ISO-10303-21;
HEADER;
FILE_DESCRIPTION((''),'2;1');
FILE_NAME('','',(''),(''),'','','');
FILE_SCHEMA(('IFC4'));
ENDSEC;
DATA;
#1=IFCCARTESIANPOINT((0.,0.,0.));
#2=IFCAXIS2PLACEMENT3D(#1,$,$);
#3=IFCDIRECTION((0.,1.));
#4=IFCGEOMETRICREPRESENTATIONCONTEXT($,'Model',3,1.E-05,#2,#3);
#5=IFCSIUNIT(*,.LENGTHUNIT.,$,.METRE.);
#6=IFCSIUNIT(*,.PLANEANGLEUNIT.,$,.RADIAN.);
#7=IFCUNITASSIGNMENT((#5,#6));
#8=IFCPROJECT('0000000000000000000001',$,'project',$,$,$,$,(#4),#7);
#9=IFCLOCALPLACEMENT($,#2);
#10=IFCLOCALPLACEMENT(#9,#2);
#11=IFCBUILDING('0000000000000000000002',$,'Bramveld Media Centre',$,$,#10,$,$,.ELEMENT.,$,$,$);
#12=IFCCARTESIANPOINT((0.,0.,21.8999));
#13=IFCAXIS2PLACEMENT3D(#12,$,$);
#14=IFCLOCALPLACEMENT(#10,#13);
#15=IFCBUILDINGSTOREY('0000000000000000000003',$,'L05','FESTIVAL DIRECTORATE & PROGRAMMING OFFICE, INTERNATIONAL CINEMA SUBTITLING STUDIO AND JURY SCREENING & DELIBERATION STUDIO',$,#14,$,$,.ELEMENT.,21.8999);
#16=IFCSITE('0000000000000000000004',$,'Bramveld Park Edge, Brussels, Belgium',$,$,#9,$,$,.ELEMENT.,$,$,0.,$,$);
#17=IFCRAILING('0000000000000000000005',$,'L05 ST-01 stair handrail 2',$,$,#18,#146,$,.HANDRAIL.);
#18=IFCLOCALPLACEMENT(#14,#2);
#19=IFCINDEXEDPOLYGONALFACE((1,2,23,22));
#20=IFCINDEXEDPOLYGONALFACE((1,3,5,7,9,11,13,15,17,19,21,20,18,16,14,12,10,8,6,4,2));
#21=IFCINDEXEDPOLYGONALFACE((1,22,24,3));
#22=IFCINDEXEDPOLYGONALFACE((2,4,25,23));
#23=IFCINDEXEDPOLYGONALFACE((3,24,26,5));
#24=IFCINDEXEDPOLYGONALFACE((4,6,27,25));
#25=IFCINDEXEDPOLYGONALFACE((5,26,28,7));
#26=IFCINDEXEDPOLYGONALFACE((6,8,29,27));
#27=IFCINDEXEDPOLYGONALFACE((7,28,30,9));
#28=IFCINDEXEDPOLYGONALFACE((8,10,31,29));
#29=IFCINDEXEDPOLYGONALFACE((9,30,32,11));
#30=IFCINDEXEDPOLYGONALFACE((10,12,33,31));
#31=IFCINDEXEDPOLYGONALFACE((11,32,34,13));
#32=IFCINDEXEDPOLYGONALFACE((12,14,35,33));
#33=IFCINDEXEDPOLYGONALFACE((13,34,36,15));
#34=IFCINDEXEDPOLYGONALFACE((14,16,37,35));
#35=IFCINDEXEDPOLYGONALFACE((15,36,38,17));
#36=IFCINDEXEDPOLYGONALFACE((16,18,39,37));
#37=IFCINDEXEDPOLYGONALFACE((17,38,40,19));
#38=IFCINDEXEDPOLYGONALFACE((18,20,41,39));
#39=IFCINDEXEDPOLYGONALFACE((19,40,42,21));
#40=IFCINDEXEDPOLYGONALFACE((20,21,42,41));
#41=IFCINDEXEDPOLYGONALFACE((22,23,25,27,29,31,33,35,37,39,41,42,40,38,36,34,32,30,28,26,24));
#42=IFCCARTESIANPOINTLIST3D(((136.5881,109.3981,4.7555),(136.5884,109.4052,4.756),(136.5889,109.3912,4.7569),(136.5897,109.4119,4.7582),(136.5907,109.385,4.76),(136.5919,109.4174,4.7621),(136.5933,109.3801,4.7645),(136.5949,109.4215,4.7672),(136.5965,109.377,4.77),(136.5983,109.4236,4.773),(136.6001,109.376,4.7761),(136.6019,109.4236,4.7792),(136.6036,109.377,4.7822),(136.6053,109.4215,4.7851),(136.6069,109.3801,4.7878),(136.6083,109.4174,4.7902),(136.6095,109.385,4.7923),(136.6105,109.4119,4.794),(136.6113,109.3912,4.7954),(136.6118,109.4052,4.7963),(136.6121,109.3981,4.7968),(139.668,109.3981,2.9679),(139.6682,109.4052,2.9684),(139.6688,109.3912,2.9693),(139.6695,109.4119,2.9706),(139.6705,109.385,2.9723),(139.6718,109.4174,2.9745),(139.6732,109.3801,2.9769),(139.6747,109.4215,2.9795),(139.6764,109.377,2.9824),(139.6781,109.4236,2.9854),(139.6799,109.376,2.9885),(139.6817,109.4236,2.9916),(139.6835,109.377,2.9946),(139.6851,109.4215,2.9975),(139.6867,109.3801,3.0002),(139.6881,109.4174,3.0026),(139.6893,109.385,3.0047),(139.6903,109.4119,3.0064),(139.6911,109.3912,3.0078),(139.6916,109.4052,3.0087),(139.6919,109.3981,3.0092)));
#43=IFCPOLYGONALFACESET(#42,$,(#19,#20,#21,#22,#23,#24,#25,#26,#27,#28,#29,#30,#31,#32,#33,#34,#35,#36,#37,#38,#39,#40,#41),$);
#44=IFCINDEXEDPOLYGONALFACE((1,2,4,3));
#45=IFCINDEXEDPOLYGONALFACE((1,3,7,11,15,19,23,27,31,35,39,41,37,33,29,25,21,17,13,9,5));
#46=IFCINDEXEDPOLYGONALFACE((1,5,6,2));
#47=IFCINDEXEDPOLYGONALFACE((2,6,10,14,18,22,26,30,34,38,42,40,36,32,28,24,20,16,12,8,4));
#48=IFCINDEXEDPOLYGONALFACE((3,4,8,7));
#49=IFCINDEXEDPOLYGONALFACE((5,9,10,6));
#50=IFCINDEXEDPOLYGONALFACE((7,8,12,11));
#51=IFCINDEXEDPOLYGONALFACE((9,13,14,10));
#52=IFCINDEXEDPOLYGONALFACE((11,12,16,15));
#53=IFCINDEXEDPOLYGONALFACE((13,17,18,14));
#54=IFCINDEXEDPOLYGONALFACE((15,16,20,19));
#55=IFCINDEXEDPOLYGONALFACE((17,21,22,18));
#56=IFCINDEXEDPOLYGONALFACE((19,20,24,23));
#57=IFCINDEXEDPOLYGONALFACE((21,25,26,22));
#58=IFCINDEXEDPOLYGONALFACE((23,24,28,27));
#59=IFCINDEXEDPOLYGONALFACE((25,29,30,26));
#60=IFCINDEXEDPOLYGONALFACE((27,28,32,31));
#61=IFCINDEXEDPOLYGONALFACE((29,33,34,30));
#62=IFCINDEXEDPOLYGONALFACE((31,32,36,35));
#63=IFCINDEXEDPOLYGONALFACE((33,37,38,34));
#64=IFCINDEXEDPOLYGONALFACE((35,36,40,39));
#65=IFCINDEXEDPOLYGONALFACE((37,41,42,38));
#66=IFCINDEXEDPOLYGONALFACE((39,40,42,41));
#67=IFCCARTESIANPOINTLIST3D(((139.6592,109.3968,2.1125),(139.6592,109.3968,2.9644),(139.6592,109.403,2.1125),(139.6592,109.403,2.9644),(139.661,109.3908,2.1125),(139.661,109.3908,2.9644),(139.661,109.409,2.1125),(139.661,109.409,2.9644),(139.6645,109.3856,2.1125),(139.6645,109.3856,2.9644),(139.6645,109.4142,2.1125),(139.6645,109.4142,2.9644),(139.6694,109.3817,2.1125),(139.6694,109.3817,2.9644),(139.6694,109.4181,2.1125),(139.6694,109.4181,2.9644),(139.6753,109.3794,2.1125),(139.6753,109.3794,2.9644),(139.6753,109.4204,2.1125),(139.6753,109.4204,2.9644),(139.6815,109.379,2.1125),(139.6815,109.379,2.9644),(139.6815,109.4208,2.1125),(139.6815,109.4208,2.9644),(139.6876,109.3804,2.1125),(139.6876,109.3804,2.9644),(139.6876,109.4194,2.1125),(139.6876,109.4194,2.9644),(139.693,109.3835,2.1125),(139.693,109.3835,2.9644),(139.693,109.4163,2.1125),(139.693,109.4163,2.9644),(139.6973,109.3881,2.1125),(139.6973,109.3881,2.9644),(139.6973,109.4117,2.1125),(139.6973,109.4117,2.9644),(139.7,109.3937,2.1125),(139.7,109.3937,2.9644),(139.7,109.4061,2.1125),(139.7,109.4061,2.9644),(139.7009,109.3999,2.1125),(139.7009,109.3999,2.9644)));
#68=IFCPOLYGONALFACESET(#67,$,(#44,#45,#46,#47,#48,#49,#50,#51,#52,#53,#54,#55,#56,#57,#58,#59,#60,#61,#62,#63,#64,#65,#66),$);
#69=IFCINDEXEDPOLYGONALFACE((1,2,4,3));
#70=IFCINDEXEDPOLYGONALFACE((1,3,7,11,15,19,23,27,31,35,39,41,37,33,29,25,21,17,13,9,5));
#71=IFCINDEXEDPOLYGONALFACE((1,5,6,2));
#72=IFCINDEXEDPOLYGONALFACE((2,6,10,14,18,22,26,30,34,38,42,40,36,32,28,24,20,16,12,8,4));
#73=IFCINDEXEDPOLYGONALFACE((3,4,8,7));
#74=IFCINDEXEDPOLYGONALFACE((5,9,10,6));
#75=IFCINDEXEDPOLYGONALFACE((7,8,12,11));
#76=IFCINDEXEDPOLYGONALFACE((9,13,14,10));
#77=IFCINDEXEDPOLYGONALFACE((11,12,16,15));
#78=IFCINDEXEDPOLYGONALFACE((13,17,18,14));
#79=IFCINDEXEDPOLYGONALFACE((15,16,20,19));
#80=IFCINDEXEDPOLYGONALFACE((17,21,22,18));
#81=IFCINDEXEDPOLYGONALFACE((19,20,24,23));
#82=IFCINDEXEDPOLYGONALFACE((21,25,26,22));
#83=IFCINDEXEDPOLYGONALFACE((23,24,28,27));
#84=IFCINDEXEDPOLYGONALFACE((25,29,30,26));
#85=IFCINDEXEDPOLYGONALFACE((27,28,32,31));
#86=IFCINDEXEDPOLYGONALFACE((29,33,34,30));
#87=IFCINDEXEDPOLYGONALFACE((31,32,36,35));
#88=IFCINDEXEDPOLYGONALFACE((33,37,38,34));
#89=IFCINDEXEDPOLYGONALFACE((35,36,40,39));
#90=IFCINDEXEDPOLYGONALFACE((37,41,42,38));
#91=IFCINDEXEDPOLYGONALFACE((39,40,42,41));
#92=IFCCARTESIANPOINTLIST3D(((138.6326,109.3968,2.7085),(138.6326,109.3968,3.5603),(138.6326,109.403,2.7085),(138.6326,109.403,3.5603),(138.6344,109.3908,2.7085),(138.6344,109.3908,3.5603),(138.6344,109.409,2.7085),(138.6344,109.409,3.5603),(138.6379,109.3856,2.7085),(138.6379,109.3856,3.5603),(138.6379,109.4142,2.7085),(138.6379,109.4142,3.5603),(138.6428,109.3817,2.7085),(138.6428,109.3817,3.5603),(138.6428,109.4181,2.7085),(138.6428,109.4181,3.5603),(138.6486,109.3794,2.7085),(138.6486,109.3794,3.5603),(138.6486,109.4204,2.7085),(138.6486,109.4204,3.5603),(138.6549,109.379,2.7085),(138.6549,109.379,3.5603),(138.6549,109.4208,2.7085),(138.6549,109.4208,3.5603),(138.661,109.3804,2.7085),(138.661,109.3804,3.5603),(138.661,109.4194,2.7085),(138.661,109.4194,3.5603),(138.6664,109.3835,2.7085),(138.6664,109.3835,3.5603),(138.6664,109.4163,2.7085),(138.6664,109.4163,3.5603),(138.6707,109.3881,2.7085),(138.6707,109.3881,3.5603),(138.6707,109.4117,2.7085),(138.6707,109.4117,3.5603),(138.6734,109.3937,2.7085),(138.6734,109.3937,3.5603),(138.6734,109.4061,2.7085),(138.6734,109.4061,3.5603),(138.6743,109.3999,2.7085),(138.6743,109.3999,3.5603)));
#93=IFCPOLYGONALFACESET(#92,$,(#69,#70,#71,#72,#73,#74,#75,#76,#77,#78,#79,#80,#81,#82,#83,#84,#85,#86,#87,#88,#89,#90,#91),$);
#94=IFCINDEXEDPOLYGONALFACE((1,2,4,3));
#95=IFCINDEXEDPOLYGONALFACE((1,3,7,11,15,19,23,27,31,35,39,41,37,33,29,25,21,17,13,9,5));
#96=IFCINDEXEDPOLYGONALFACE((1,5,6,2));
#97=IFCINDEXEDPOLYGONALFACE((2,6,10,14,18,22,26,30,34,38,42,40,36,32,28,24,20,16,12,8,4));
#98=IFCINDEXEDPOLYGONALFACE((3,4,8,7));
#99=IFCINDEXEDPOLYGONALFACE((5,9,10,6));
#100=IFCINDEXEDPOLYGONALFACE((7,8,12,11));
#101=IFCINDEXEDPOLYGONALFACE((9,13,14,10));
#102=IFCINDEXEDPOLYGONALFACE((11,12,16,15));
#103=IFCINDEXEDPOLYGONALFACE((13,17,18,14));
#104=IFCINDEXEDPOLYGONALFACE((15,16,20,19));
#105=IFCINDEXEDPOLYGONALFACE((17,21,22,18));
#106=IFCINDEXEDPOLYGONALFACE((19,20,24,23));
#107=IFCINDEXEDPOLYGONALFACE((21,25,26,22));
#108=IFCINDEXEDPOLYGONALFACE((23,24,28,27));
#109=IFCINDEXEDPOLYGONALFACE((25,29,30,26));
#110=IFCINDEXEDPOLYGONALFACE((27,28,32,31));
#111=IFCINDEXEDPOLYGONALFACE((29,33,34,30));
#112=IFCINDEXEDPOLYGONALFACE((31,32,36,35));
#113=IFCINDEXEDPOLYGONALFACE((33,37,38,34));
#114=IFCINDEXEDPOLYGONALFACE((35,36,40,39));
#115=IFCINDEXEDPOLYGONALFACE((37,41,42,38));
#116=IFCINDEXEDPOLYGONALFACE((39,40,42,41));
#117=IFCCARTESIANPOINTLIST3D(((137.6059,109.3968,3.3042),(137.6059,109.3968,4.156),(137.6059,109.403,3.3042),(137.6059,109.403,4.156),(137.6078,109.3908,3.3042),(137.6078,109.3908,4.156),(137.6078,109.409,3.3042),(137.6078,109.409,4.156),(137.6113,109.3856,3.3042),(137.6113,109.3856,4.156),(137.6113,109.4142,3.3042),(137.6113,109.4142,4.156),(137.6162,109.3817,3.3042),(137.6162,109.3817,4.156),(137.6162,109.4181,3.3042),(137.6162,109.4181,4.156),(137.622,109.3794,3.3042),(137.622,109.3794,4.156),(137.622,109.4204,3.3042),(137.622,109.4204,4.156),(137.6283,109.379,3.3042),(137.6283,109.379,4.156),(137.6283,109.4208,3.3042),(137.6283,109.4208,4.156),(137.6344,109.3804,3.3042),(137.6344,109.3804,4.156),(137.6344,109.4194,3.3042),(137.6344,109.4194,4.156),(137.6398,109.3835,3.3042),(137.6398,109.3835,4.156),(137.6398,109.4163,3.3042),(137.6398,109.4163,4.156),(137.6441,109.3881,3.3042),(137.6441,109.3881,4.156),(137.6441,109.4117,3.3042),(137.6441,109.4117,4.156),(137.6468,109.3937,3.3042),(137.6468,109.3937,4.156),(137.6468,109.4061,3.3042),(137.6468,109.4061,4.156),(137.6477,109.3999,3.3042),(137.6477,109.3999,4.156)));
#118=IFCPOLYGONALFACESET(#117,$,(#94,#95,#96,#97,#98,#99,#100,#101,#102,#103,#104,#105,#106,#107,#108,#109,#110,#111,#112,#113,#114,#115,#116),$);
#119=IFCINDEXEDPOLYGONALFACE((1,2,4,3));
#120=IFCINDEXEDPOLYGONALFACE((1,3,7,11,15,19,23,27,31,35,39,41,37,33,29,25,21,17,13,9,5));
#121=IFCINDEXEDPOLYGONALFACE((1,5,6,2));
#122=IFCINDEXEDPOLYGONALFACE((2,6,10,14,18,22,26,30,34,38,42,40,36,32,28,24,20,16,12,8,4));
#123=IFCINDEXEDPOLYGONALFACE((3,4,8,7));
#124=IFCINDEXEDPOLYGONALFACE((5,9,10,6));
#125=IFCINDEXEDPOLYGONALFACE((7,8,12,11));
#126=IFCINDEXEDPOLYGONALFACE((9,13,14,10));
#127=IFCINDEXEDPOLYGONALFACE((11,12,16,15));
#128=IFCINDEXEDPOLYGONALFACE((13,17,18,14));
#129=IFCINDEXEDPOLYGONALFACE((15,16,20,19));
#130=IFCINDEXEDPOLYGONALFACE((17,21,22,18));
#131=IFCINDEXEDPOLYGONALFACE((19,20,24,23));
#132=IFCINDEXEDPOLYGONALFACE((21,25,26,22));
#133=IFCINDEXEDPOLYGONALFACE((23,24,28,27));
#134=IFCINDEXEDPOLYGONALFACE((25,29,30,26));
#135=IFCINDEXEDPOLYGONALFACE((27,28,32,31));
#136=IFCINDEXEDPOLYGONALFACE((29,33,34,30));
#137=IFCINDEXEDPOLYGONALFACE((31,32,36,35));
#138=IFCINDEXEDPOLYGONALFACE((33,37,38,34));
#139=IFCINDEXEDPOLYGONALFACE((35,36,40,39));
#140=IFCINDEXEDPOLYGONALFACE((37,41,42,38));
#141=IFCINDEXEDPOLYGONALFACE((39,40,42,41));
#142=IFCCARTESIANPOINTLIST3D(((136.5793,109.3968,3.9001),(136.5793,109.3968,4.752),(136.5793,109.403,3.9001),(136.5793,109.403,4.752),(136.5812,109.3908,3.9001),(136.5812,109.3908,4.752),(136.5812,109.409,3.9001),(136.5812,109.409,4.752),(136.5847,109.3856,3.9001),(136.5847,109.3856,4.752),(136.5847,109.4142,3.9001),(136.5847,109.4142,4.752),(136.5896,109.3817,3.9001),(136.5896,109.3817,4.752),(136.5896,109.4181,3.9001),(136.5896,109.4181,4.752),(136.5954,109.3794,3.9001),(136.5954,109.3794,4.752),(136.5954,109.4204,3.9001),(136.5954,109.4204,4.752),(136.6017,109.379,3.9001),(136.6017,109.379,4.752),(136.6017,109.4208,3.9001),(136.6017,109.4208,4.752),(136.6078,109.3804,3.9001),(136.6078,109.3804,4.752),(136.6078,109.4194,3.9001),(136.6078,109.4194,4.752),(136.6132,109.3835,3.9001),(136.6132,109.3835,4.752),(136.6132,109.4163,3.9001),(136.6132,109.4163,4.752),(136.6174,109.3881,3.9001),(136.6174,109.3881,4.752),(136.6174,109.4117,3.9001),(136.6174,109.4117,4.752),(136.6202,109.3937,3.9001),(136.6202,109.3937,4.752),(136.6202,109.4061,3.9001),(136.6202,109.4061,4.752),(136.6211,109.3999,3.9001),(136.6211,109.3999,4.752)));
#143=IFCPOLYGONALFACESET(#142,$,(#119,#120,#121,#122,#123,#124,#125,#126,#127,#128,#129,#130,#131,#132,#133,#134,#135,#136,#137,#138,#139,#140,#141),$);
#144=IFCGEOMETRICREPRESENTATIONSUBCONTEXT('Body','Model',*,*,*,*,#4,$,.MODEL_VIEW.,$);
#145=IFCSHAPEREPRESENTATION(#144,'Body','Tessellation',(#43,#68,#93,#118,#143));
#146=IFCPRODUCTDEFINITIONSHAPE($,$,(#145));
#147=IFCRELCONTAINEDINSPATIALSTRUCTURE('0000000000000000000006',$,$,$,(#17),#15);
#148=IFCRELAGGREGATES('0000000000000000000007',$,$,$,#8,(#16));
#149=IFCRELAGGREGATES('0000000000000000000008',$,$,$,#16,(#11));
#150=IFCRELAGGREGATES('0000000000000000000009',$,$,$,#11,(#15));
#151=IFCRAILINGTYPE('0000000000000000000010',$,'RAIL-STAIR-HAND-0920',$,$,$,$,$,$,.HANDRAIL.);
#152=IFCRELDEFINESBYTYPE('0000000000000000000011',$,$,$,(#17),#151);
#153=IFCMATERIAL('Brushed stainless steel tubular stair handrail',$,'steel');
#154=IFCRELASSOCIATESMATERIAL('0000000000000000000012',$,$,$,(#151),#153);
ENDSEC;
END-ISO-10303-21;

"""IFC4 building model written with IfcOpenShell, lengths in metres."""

from ifc_helpers import new_model, si_unit, direction, frame, origin, origin_2d, place, context, subcontext, project, spatial, circle, extrude, material, type_object, element, save


model = new_model("IFC4")

# Units and contexts
model_context = context("Model", 3, precision=1e-05, world=origin(), true_north=direction((0.0, 1.0)))
body_context = subcontext(model_context, "Body", "Model", "MODEL_VIEW")
ifc_project = project(units=[si_unit("LENGTHUNIT", "METRE"), si_unit("PLANEANGLEUNIT", "RADIAN")], contexts=[model_context])

# Site, building, storey
site_placement = place(None, origin())
site = spatial("IfcSite", under=ifc_project, at=site_placement, Name="Bramveld Park Edge, Brussels, Belgium", CompositionType="ELEMENT", RefElevation=0.0)
building_placement = place(site_placement, origin())
building = spatial("IfcBuilding", under=site, at=building_placement, Name="Bramveld Media Centre", CompositionType="ELEMENT")
storey_placement = place(building_placement, frame((0.0, 0.0, 21.8999)))
storey = spatial("IfcBuildingStorey", under=building, at=storey_placement, Name="L05", Description="FESTIVAL DIRECTORATE & PROGRAMMING OFFICE, INTERNATIONAL CINEMA SUBTITLING STUDIO AND JURY SCREENING & DELIBERATION STUDIO", CompositionType="ELEMENT", Elevation=21.8999)

# Railing
ifc_material_1 = material(Name="Brushed stainless steel tubular stair handrail", Category="steel")
railing_type_1 = type_object("IfcRailingType", Name="RAIL-STAIR-HAND-0920", PredefinedType="HANDRAIL", material=ifc_material_1)
railing_1_placement = place(storey_placement, frame((139.6799, 109.3999, 2.1125)))
element("IfcRailing", 1, at=railing_1_placement, inside=storey, type_object=railing_type_1, Name="L05 ST-01 stair handrail 2", PredefinedType="HANDRAIL", context=body_context, shape_type="SweptSolid", body=[
    extrude(circle(Radius=0.0239, at=origin_2d()), frame((0.0, 0.0, 0.876), z_axis=(-0.864873, 0.0, 0.50199), x_axis=(0.0, -1.0, 0.0)), (0.0, 0.0, 1.0), 3.561),
    extrude(circle(Radius=0.021, at=origin_2d()), origin(), (0.0, 0.0, 1.0), 0.8518),
    extrude(circle(Radius=0.021, at=origin_2d()), frame((-1.0266, 0.0, 0.5959)), (0.0, 0.0, 1.0), 0.8518),
    extrude(circle(Radius=0.021, at=origin_2d()), frame((-2.0532, 0.0, 1.1917)), (0.0, 0.0, 1.0), 0.8518),
    extrude(circle(Radius=0.021, at=origin_2d()), frame((-3.0798, 0.0, 1.7876)), (0.0, 0.0, 1.0), 0.8518),
])

save(model, "model.ifc")
